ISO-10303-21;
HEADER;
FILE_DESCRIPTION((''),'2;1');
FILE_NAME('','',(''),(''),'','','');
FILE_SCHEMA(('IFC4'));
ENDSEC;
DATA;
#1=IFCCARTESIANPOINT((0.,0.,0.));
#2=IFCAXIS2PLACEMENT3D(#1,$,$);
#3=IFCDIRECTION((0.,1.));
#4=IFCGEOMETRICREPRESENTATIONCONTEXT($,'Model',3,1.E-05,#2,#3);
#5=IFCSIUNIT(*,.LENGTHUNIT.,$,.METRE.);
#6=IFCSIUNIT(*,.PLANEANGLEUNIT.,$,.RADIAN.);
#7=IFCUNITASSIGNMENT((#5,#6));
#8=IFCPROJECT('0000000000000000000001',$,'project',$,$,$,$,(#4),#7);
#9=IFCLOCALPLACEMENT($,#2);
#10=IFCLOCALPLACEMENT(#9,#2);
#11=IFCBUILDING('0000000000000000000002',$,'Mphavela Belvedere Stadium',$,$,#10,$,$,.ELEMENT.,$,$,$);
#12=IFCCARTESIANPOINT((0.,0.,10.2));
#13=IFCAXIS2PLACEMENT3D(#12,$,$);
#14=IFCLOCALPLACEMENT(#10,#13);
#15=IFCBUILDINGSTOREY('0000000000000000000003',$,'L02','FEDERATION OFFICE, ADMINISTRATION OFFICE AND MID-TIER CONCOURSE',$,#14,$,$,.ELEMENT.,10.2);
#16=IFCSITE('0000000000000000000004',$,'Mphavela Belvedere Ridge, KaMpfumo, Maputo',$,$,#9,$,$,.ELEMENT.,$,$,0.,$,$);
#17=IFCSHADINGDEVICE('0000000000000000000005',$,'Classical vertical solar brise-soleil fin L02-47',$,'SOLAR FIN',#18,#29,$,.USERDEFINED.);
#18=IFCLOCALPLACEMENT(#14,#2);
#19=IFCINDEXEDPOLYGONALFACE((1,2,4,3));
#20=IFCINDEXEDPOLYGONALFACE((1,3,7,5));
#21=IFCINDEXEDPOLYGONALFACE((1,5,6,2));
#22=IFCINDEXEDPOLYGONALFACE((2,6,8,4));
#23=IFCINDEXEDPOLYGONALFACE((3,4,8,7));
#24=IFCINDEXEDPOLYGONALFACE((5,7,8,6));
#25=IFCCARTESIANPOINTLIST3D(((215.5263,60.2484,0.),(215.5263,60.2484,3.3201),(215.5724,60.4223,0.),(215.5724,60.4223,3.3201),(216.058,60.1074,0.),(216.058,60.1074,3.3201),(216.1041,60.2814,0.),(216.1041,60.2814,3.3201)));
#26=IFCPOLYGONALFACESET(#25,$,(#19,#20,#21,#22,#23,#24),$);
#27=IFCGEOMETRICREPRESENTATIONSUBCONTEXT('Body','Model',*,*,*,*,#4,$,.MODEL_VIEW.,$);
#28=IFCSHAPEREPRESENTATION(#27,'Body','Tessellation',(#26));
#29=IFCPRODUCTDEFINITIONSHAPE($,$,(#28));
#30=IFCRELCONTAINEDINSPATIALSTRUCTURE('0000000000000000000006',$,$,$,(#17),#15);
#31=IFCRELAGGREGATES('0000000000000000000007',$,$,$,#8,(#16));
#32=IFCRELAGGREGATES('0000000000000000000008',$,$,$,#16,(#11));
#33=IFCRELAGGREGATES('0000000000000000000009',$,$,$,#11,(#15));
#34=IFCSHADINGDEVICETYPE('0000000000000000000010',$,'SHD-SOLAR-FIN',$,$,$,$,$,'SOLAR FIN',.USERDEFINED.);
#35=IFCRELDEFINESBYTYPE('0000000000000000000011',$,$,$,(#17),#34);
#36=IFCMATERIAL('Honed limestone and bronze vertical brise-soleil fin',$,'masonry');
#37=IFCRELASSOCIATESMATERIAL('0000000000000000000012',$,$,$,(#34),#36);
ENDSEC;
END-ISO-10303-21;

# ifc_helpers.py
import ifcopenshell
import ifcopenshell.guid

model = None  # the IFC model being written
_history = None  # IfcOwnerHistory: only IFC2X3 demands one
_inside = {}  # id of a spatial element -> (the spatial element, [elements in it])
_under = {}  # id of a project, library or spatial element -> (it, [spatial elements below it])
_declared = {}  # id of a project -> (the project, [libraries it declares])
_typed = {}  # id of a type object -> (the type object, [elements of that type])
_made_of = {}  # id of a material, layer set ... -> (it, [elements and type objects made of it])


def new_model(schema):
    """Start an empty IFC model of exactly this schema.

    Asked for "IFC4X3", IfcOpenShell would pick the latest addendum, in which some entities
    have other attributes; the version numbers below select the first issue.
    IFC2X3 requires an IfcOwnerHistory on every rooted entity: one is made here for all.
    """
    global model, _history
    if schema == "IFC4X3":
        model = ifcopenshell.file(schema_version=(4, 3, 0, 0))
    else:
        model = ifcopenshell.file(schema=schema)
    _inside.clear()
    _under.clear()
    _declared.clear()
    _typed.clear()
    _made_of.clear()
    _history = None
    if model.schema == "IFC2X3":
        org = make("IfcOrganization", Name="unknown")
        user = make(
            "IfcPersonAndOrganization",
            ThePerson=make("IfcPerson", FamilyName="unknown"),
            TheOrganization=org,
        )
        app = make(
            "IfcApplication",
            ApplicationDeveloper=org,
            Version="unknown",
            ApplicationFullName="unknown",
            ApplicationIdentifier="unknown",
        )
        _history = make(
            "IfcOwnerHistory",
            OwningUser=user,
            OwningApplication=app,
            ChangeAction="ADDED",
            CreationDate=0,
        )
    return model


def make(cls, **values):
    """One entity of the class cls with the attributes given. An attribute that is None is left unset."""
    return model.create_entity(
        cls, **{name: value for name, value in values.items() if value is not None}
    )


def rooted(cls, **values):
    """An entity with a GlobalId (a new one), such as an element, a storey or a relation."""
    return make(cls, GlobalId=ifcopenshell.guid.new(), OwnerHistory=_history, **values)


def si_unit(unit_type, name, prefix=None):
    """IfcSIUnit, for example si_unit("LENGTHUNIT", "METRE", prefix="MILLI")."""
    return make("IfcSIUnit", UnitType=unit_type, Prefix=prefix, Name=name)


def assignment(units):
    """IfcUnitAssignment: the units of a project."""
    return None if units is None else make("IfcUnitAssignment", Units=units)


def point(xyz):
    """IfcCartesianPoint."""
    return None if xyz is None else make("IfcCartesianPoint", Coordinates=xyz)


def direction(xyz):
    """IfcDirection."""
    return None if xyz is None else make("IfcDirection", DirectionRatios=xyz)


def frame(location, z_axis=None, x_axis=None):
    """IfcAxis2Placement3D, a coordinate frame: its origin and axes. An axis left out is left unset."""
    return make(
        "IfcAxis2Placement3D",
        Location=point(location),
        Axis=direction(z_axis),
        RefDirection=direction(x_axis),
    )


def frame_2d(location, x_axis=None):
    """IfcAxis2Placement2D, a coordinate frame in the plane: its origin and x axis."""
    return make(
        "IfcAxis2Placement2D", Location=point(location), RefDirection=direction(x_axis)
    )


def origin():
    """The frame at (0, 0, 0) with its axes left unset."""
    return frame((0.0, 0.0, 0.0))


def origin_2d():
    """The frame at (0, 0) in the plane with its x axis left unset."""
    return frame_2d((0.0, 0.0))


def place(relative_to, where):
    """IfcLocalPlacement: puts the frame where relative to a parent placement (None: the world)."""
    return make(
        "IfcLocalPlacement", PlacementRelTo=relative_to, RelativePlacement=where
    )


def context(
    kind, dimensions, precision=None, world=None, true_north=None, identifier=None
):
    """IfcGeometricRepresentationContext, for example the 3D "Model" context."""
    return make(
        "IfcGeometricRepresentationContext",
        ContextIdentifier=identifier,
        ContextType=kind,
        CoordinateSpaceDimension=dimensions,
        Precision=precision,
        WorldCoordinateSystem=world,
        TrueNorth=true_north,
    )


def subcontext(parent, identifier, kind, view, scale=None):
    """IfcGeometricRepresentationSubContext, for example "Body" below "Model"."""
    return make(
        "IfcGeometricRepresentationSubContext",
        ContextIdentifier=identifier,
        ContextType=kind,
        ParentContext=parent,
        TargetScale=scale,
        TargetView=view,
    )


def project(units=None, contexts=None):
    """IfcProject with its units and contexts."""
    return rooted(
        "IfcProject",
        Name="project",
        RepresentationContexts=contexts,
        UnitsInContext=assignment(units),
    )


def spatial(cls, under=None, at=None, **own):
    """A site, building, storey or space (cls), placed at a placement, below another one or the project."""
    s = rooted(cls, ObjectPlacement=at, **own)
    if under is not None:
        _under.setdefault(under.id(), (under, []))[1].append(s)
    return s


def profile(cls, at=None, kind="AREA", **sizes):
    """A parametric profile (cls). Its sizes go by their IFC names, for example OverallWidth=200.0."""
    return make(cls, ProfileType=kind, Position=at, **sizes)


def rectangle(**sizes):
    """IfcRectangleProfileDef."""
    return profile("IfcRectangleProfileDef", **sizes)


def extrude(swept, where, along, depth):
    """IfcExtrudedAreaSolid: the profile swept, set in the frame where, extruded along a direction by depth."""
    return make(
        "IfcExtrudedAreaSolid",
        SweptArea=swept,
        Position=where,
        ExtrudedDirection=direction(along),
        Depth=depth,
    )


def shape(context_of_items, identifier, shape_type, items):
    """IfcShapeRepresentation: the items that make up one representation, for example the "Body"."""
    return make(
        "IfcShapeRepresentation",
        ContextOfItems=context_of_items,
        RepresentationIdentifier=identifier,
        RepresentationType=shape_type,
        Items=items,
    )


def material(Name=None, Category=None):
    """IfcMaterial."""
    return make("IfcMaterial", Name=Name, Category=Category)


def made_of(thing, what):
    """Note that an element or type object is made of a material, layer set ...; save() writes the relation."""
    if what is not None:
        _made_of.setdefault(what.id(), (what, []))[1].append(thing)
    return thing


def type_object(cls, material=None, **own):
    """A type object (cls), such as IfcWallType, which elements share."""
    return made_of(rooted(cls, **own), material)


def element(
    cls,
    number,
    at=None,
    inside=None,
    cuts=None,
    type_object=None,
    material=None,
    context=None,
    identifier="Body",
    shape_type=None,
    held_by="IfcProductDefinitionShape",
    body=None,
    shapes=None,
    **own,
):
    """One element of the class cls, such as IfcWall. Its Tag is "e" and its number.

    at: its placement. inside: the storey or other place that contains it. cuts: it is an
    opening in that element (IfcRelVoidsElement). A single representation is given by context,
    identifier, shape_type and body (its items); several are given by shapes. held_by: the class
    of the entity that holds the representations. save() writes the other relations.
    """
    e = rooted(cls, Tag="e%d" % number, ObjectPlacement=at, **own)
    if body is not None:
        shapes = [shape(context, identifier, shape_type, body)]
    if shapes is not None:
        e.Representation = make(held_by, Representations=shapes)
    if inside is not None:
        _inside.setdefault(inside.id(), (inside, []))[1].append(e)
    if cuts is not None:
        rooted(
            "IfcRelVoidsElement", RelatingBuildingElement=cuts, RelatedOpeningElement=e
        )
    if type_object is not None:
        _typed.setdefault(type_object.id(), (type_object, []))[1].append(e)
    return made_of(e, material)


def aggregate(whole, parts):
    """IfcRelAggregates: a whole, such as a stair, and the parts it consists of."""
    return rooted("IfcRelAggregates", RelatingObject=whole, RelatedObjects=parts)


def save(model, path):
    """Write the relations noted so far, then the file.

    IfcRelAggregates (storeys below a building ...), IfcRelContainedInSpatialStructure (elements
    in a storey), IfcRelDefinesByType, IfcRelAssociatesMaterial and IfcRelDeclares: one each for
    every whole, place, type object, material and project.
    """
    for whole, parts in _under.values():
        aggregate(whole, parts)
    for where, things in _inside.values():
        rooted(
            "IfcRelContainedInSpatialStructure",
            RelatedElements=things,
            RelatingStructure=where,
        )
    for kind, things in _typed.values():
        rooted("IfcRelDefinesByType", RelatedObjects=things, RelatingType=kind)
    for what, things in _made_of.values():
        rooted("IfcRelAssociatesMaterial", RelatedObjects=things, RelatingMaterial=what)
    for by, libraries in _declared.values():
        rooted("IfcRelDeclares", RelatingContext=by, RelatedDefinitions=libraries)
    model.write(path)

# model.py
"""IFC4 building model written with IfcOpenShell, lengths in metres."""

from ifc_helpers import new_model, si_unit, direction, frame, origin, origin_2d, place, context, subcontext, project, spatial, rectangle, extrude, material, type_object, element, save


model = new_model("IFC4")

# Units and contexts
model_context = context("Model", 3, precision=1e-05, world=origin(), true_north=direction((0.0, 1.0)))
body_context = subcontext(model_context, "Body", "Model", "MODEL_VIEW")
ifc_project = project(units=[si_unit("LENGTHUNIT", "METRE"), si_unit("PLANEANGLEUNIT", "RADIAN")], contexts=[model_context])

# Site, building, storey
site_placement = place(None, origin())
site = spatial("IfcSite", under=ifc_project, at=site_placement, Name="Mphavela Belvedere Ridge, KaMpfumo, Maputo", CompositionType="ELEMENT", RefElevation=0.0)
building_placement = place(site_placement, origin())
building = spatial("IfcBuilding", under=site, at=building_placement, Name="Mphavela Belvedere Stadium", CompositionType="ELEMENT")
storey_placement = place(building_placement, frame((0.0, 0.0, 10.2)))
storey = spatial("IfcBuildingStorey", under=building, at=storey_placement, Name="L02", Description="FEDERATION OFFICE, ADMINISTRATION OFFICE AND MID-TIER CONCOURSE", CompositionType="ELEMENT", Elevation=10.2)

# Shading device
ifc_material_1 = material(Name="Honed limestone and bronze vertical brise-soleil fin", Category="masonry")
shading_device_type = type_object("IfcShadingDeviceType", Name="SHD-SOLAR-FIN", ElementType="SOLAR FIN", PredefinedType="USERDEFINED", material=ifc_material_1)
shading_device_placement = place(storey_placement, frame((215.8152, 60.2649, 0.0), z_axis=(0.0, 0.0, 1.0), x_axis=(0.9666, -0.256289, 0.0)))
element("IfcShadingDevice", 1, at=shading_device_placement, inside=storey, type_object=shading_device_type, Name="Classical vertical solar brise-soleil fin L02-47", ObjectType="SOLAR FIN", PredefinedType="USERDEFINED", context=body_context, shape_type="SweptSolid", body=[
    extrude(rectangle(XDim=0.55, YDim=0.1799, at=origin_2d()), origin(), (0.0, 0.0, 1.0), 3.3201),
])

save(model, "model.ifc")
